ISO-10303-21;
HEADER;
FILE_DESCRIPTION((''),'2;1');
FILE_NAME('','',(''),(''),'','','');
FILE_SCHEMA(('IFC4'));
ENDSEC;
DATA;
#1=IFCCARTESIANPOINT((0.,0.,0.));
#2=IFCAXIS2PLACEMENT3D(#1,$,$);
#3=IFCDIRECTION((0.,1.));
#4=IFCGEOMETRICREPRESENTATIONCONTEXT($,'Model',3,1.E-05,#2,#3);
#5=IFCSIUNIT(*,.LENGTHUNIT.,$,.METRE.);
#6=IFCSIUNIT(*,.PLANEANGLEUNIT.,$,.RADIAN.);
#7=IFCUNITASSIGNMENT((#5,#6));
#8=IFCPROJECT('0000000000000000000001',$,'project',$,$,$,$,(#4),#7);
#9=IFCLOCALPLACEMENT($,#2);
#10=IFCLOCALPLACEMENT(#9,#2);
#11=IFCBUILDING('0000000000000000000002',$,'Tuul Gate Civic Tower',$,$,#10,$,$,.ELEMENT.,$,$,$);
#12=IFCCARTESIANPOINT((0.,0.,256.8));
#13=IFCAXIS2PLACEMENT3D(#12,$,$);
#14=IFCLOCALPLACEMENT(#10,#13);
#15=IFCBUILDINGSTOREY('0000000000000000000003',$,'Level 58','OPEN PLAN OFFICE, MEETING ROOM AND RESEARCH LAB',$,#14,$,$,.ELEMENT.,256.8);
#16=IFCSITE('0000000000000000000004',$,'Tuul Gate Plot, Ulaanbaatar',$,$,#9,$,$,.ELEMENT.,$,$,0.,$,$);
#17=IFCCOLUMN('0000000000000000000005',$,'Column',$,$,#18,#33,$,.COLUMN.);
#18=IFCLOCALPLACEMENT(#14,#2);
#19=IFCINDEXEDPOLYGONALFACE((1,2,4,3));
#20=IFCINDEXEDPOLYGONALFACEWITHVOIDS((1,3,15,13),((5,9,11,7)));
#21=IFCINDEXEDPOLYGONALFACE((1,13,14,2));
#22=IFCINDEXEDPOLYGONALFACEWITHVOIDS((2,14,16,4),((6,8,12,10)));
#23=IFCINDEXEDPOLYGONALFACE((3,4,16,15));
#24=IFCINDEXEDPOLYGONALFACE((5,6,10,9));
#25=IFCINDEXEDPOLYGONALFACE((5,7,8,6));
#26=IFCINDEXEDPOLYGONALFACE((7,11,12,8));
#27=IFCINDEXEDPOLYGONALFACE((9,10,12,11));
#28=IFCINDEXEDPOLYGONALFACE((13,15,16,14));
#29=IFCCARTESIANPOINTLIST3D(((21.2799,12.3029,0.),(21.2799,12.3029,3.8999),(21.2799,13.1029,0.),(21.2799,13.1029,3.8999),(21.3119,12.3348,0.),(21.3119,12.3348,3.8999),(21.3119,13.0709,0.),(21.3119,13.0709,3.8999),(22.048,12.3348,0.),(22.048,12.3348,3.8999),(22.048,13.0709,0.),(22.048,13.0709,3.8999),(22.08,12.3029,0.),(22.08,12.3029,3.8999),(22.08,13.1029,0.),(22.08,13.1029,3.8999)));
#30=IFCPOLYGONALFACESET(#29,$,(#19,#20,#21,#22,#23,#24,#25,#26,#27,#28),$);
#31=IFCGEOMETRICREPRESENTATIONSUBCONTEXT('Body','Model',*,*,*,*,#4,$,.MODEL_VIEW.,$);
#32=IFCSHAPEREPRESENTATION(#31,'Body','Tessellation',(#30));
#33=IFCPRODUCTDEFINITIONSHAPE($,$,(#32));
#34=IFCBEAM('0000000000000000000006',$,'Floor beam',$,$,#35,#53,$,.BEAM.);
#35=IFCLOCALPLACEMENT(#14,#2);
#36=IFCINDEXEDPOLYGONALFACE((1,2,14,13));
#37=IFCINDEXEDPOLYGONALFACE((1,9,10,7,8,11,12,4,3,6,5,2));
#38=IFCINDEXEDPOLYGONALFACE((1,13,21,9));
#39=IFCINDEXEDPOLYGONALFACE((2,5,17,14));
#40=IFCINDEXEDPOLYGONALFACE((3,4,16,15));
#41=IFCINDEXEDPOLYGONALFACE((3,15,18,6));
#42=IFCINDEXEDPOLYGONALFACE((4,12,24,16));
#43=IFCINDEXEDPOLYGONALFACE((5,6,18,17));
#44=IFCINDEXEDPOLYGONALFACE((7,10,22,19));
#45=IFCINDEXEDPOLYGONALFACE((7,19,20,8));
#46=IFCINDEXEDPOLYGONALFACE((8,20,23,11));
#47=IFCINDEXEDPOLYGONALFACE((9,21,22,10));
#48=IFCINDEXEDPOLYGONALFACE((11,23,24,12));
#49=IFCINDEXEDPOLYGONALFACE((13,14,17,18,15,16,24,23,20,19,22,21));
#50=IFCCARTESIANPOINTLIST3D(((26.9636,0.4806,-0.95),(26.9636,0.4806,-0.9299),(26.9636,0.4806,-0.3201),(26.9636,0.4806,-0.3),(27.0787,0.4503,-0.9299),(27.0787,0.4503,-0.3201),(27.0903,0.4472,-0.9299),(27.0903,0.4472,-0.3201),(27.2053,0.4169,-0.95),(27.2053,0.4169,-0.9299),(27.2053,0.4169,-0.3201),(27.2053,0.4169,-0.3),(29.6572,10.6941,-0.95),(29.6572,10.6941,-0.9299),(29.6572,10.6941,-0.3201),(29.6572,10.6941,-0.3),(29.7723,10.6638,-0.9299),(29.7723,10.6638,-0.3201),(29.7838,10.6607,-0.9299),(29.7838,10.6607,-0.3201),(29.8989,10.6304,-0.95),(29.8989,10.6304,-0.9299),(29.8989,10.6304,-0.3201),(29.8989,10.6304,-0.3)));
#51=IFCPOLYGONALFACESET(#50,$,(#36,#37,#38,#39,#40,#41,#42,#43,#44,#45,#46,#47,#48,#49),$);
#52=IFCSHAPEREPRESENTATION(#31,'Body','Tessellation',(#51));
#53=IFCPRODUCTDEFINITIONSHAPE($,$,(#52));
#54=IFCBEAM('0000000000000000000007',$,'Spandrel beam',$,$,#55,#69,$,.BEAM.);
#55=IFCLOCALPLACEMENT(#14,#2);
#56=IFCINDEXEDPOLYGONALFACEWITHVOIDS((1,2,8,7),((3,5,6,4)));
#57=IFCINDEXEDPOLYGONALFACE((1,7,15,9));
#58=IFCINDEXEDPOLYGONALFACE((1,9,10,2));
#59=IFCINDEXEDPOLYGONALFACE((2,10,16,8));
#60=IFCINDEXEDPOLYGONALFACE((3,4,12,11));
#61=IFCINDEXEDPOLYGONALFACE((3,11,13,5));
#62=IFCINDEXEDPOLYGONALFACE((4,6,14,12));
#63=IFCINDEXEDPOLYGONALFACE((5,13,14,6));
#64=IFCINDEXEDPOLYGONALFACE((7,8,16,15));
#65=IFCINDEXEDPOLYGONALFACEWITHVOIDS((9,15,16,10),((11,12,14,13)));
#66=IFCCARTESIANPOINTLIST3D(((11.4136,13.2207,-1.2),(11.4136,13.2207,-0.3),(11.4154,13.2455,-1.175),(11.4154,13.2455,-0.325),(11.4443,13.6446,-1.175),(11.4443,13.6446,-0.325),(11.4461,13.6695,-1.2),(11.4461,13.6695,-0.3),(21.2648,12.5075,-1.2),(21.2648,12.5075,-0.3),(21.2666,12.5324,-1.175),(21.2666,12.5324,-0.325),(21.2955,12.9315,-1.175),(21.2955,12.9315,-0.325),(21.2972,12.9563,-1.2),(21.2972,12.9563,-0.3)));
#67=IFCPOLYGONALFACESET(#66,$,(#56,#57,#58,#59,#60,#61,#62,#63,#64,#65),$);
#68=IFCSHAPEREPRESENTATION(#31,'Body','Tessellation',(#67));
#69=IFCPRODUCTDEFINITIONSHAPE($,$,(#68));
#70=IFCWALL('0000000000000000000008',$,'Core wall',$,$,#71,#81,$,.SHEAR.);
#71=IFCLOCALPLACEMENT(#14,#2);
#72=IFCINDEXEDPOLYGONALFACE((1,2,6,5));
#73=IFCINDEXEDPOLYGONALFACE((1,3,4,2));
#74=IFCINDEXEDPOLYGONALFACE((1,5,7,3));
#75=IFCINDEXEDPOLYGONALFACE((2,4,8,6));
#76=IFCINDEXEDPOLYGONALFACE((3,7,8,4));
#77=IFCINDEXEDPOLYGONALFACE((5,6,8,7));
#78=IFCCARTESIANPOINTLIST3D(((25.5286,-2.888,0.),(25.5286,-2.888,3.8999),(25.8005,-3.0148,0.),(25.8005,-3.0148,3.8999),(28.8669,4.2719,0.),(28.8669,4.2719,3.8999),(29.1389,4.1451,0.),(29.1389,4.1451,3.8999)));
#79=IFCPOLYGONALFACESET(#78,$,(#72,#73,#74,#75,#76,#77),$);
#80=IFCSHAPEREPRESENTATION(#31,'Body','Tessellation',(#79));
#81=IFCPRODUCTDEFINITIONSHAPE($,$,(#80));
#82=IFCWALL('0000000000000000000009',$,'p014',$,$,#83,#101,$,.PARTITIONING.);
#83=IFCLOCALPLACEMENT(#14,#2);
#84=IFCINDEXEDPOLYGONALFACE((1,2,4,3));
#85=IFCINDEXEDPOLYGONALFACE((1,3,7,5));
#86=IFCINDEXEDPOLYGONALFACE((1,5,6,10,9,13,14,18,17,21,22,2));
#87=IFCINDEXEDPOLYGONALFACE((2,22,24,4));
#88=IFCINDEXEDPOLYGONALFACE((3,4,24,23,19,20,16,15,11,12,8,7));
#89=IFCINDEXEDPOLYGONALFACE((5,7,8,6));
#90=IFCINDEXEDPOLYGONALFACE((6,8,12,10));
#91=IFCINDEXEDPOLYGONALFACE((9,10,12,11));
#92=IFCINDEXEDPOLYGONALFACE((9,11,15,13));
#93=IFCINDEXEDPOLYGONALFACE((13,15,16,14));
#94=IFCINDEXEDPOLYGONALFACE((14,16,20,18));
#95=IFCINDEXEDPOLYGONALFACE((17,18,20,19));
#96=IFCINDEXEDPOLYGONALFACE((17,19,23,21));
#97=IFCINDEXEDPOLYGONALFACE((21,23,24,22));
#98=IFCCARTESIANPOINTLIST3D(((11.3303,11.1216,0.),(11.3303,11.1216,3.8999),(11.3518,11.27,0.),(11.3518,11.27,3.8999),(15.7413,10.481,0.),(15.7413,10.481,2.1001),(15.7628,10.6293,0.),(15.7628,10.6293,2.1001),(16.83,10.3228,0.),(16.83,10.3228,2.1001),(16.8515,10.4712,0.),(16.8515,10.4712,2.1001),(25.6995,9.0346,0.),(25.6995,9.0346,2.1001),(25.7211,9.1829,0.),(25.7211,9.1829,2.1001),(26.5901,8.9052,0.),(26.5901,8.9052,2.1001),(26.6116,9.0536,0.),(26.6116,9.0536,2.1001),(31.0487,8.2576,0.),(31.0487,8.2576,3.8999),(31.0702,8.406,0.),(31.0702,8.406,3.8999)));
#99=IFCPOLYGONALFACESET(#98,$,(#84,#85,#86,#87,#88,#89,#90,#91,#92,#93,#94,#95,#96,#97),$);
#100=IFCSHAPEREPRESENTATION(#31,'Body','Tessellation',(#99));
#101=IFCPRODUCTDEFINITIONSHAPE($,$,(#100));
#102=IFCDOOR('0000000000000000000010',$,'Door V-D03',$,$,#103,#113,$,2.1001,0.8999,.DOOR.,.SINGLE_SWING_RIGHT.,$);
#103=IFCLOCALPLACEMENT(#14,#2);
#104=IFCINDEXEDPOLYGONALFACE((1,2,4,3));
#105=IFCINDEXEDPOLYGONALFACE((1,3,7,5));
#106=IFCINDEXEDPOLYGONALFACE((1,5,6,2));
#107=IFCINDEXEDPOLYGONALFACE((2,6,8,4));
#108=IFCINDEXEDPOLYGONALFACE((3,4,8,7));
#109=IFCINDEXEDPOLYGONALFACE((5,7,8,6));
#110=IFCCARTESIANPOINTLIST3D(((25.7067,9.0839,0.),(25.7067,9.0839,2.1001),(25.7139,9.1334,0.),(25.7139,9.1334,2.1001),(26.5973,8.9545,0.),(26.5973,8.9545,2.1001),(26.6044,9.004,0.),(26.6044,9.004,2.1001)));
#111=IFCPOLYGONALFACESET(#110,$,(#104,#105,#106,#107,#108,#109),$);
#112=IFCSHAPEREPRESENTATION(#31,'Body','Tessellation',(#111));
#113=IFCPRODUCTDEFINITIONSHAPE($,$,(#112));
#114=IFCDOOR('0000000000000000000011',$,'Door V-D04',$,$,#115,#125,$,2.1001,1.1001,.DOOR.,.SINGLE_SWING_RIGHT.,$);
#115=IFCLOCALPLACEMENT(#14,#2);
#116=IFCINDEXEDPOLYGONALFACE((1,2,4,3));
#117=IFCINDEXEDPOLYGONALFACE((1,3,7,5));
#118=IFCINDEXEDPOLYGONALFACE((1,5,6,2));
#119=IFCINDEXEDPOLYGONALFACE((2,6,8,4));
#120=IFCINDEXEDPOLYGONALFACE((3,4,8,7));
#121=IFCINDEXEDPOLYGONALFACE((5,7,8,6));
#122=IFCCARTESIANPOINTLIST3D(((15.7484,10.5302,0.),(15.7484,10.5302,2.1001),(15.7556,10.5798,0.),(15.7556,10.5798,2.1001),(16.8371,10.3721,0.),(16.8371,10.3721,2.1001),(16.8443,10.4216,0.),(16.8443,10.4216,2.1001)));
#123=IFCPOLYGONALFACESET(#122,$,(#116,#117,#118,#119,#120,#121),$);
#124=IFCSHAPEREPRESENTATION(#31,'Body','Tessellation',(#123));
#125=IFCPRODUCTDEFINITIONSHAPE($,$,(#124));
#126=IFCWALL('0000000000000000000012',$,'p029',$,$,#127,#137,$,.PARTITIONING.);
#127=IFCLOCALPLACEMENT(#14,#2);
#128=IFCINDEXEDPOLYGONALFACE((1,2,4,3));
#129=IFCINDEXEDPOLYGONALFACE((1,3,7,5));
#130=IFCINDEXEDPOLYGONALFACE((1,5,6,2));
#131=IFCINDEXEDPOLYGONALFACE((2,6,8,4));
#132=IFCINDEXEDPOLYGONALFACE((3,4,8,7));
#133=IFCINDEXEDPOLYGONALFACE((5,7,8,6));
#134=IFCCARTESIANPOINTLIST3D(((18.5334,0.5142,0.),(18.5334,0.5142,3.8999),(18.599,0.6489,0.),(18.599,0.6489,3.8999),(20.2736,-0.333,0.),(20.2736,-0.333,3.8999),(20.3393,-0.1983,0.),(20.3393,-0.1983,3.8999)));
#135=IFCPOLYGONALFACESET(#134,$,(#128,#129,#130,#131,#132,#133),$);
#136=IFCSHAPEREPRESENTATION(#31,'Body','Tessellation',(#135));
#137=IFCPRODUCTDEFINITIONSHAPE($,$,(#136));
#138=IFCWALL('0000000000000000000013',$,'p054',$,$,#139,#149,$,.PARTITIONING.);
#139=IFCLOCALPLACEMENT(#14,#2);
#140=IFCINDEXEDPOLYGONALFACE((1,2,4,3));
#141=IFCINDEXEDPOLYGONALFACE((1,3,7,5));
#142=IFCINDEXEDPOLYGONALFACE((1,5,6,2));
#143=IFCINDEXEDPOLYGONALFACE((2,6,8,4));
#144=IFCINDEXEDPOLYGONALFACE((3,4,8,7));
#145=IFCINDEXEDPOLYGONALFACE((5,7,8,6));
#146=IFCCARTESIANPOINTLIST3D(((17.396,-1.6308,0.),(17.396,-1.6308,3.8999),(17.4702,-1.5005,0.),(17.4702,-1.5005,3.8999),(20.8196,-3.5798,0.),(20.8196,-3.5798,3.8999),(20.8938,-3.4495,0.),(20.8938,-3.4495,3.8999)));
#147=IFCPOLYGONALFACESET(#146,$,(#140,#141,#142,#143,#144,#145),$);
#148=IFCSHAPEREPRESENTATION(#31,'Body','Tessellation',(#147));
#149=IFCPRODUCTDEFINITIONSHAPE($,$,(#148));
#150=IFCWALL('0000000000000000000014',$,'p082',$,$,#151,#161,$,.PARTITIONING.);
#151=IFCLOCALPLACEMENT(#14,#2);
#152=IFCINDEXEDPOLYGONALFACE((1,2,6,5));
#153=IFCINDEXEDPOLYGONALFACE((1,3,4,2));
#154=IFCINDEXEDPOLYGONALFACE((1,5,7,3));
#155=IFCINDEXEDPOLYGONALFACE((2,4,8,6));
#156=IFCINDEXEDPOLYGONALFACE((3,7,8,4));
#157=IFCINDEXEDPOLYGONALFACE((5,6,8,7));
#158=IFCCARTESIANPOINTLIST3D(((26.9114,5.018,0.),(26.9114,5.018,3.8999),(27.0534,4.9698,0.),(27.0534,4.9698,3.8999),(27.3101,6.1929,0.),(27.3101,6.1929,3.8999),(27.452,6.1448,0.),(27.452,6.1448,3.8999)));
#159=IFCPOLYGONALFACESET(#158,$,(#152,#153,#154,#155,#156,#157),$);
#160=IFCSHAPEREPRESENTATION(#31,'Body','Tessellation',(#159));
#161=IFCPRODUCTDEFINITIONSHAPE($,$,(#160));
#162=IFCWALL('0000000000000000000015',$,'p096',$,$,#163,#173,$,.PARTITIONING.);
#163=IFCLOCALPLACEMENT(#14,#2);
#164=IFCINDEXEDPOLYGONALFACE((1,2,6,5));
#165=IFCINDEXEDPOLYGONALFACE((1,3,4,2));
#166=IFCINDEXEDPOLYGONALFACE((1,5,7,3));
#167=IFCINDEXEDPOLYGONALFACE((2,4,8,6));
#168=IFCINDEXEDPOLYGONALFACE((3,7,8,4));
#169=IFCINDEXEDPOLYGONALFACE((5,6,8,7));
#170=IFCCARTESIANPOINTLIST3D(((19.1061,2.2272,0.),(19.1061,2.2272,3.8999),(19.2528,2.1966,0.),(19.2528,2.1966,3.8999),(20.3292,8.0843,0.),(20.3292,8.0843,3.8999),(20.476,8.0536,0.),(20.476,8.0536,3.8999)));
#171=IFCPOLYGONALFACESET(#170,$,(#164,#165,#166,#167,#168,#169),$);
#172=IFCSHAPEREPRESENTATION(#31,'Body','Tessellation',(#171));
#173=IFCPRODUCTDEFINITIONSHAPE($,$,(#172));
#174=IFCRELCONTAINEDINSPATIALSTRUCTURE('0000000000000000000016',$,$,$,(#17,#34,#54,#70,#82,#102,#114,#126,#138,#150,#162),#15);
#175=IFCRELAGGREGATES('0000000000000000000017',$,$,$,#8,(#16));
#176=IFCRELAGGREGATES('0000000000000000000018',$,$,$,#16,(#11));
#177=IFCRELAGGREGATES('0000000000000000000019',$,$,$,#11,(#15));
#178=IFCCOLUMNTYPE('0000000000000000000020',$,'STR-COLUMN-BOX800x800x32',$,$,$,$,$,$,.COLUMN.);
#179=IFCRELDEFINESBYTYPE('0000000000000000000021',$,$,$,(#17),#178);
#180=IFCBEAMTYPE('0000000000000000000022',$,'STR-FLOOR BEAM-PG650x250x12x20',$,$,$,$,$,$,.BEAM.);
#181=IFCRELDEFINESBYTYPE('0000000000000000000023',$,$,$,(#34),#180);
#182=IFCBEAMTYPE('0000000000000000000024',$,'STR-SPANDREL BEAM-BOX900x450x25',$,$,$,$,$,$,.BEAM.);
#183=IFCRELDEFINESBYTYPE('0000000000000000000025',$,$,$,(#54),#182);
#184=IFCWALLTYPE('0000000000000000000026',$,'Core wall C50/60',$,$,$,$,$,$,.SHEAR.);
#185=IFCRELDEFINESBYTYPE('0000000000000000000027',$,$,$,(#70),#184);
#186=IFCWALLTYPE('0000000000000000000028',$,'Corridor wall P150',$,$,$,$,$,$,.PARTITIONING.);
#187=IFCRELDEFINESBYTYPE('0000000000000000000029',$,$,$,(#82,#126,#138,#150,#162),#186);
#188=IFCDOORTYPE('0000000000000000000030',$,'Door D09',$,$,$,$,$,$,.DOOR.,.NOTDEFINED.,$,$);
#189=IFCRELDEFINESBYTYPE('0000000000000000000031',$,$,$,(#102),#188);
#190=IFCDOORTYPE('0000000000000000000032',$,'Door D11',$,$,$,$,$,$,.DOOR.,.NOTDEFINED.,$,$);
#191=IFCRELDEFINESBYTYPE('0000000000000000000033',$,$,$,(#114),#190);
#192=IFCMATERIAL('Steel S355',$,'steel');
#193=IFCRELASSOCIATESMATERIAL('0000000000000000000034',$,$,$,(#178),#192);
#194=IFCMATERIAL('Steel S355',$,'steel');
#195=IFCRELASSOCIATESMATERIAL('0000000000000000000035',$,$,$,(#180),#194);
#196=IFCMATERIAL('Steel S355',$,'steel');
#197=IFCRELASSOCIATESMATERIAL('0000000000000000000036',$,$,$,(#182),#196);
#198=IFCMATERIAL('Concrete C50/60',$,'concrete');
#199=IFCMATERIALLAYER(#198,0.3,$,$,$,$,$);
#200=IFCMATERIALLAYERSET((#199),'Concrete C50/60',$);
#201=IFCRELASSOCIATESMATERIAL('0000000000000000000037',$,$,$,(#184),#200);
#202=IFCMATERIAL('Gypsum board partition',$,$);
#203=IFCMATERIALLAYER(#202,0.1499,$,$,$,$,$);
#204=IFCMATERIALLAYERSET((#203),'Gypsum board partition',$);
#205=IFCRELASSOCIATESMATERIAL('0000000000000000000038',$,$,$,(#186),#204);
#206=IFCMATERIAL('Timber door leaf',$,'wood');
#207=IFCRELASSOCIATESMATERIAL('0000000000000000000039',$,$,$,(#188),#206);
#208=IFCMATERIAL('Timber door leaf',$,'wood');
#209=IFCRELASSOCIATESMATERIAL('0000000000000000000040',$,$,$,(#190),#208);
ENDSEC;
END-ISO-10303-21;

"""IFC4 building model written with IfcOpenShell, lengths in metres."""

from ifc_helpers import new_model, si_unit, direction, frame, frame_2d, origin, origin_2d, place, context, subcontext, project, spatial, rectangle, hollow_rectangle, i_section, extrude, material, layer, layer_set, material_profile, profile_set, type_object, element, fill, save


model = new_model("IFC4")

# Units and contexts
model_context = context("Model", 3, precision=1e-05, world=origin(), true_north=direction((0.0, 1.0)))
body_context = subcontext(model_context, "Body", "Model", "MODEL_VIEW")
ifc_project = project(units=[si_unit("LENGTHUNIT", "METRE"), si_unit("PLANEANGLEUNIT", "RADIAN")], contexts=[model_context])

# Site, building, storey
site_placement = place(None, origin())
site = spatial("IfcSite", under=ifc_project, at=site_placement, Name="Tuul Gate Plot, Ulaanbaatar", CompositionType="ELEMENT", RefElevation=0.0)
building_placement = place(site_placement, origin())
building = spatial("IfcBuilding", under=site, at=building_placement, Name="Tuul Gate Civic Tower", CompositionType="ELEMENT")
storey_placement = place(building_placement, frame((0.0, 0.0, 256.8)))
storey = spatial("IfcBuildingStorey", under=building, at=storey_placement, Name="Level 58", Description="OPEN PLAN OFFICE, MEETING ROOM AND RESEARCH LAB", CompositionType="ELEMENT", Elevation=256.8)

# Column
ifc_material_1 = material(Name="Steel S355", Category="steel")
ifc_material_profile_1 = material_profile(ifc_material_1, hollow_rectangle(XDim=0.8, YDim=0.8, WallThickness=0.032, at=origin_2d()), Name="BOX800x800x32")
ifc_profile_set_1 = profile_set([ifc_material_profile_1], Name="Steel S355")
column_type = type_object("IfcColumnType", Name="STR-COLUMN-BOX800x800x32", PredefinedType="COLUMN", material=ifc_profile_set_1)
column_placement = place(storey_placement, frame((21.6799, 12.7029, 0.0), z_axis=(0.0, 0.0, 1.0), x_axis=(1.0, 0.0, 0.0)))
element("IfcColumn", 1, at=column_placement, inside=storey, type_object=column_type, Name="Column", PredefinedType="COLUMN", context=body_context, shape_type="SweptSolid", body=[
    extrude(hollow_rectangle(XDim=0.8, YDim=0.8, WallThickness=0.032, at=origin_2d()), origin(), (0.0, 0.0, 1.0), 3.8999),
])

# Beams
ifc_material_2 = material(Name="Steel S355", Category="steel")
ifc_material_profile_2 = material_profile(ifc_material_2, i_section(OverallWidth=0.25, OverallDepth=0.6499, WebThickness=0.012, FlangeThickness=0.02, at=origin_2d()), Name="PG650x250x12x20")
ifc_profile_set_2 = profile_set([ifc_material_profile_2], Name="Steel S355")
beam_type_1 = type_object("IfcBeamType", Name="STR-FLOOR BEAM-PG650x250x12x20", PredefinedType="BEAM", material=ifc_profile_set_2)
beam_1_placement = place(storey_placement, frame((27.0845, 0.4487, -0.625), z_axis=(0.255008, 0.966939, 0.0), x_axis=(-0.966939, 0.255008, 0.0)))
element("IfcBeam", 2, at=beam_1_placement, inside=storey, type_object=beam_type_1, Name="Floor beam", PredefinedType="BEAM", context=body_context, shape_type="SweptSolid", body=[
    extrude(i_section(OverallWidth=0.25, OverallDepth=0.6499, WebThickness=0.012, FlangeThickness=0.02, at=origin_2d()), origin(), (0.0, 0.0, 1.0), 10.5627),
])
ifc_material_3 = material(Name="Steel S355", Category="steel")
ifc_material_profile_3 = material_profile(ifc_material_3, hollow_rectangle(XDim=0.45, YDim=0.8999, WallThickness=0.0249, at=origin_2d()), Name="BOX900x450x25")
ifc_profile_set_3 = profile_set([ifc_material_profile_3], Name="Steel S355")
beam_type_2 = type_object("IfcBeamType", Name="STR-SPANDREL BEAM-BOX900x450x25", PredefinedType="BEAM", material=ifc_profile_set_3)
beam_2_placement = place(storey_placement, frame((21.281, 12.7319, -0.75), z_axis=(-0.99739, 0.072203, 0.0), x_axis=(-0.072203, -0.99739, 0.0)))
element("IfcBeam", 3, at=beam_2_placement, inside=storey, type_object=beam_type_2, Name="Spandrel beam", PredefinedType="BEAM", context=body_context, shape_type="SweptSolid", body=[
    extrude(hollow_rectangle(XDim=0.45, YDim=0.8999, WallThickness=0.0249, at=origin_2d()), origin(), (0.0, 0.0, 1.0), 9.877),
])

# Wall
ifc_material_4 = material(Name="Concrete C50/60", Category="concrete")
ifc_layer_1 = layer(ifc_material_4, 0.3)
ifc_layer_set_1 = layer_set([ifc_layer_1], Name="Concrete C50/60")
wall_type_1 = type_object("IfcWallType", Name="Core wall C50/60", PredefinedType="SHEAR", material=ifc_layer_set_1)
wall_1_placement = place(storey_placement, frame((25.6646, -2.9514, 0.0), z_axis=(0.0, 0.0, 1.0), x_axis=(0.422583, 0.906324, 0.0)))
element("IfcWall", 4, at=wall_1_placement, inside=storey, type_object=wall_type_1, Name="Core wall", PredefinedType="SHEAR", context=body_context, shape_type="SweptSolid", body=[
    extrude(rectangle(XDim=7.8999, YDim=0.3, at=frame_2d((3.95, 0.0))), origin(), (0.0, 0.0, 1.0), 3.8999),
])

# Wall, openings, doors
ifc_material_5 = material(Name="Gypsum board partition")
ifc_layer_2 = layer(ifc_material_5, 0.1499)
ifc_layer_set_2 = layer_set([ifc_layer_2], Name="Gypsum board partition")
wall_type_2 = type_object("IfcWallType", Name="Corridor wall P150", PredefinedType="PARTITIONING", material=ifc_layer_set_2)
wall_2_placement = place(storey_placement, frame((11.3411, 11.1958, 0.0), z_axis=(0.0, 0.0, 1.0), x_axis=(0.989616, -0.143737, 0.0)))
wall_2 = element("IfcWall", 5, at=wall_2_placement, inside=storey, type_object=wall_type_2, Name="p014", PredefinedType="PARTITIONING", context=body_context, shape_type="SweptSolid", body=[
    extrude(rectangle(XDim=19.9253, YDim=0.1499, at=frame_2d((9.9626, 0.0))), origin(), (0.0, 0.0, 1.0), 3.8999),
])
opening_1_placement = place(wall_2_placement, frame((14.52, 0.0, 0.0)))
opening_1 = element("IfcOpeningElement", 6, at=opening_1_placement, cuts=wall_2, PredefinedType="OPENING", context=body_context, shape_type="SweptSolid", body=[
    extrude(rectangle(XDim=0.8999, YDim=2.1001, at=frame_2d((0.45, 1.05))), frame((0.0, 0.085, 0.0), z_axis=(0.0, -1.0, 0.0), x_axis=(1.0, 0.0, 0.0)), (0.0, 0.0, 1.0), 0.1699),
])
opening_2_placement = place(wall_2_placement, frame((4.4573, 0.0, 0.0)))
opening_2 = element("IfcOpeningElement", 7, at=opening_2_placement, cuts=wall_2, PredefinedType="OPENING", context=body_context, shape_type="SweptSolid", body=[
    extrude(rectangle(XDim=1.1001, YDim=2.1001, at=frame_2d((0.55, 1.05))), frame((0.0, 0.085, 0.0), z_axis=(0.0, -1.0, 0.0), x_axis=(1.0, 0.0, 0.0)), (0.0, 0.0, 1.0), 0.1699),
])
ifc_material_6 = material(Name="Timber door leaf", Category="wood")
door_type_1 = type_object("IfcDoorType", Name="Door D09", OperationType="NOTDEFINED", PredefinedType="DOOR", material=ifc_material_6)
door_1_placement = place(opening_1_placement, origin())
door_1 = element("IfcDoor", 8, at=door_1_placement, inside=storey, type_object=door_type_1, Name="Door V-D03", OperationType="SINGLE_SWING_RIGHT", OverallHeight=2.1001, OverallWidth=0.8999, PredefinedType="DOOR", context=body_context, shape_type="SweptSolid", body=[
    extrude(rectangle(XDim=0.8999, YDim=2.1001, at=frame_2d((0.45, 1.05))), frame((0.0, 0.0249, 0.0), z_axis=(0.0, -1.0, 0.0), x_axis=(1.0, 0.0, 0.0)), (0.0, 0.0, 1.0), 0.05),
])
fill(opening_1, door_1)
ifc_material_7 = material(Name="Timber door leaf", Category="wood")
door_type_2 = type_object("IfcDoorType", Name="Door D11", OperationType="NOTDEFINED", PredefinedType="DOOR", material=ifc_material_7)
door_2_placement = place(opening_2_placement, origin())
door_2 = element("IfcDoor", 9, at=door_2_placement, inside=storey, type_object=door_type_2, Name="Door V-D04", OperationType="SINGLE_SWING_RIGHT", OverallHeight=2.1001, OverallWidth=1.1001, PredefinedType="DOOR", context=body_context, shape_type="SweptSolid", body=[
    extrude(rectangle(XDim=1.1001, YDim=2.1001, at=frame_2d((0.55, 1.05))), frame((0.0, 0.0249, 0.0), z_axis=(0.0, -1.0, 0.0), x_axis=(1.0, 0.0, 0.0)), (0.0, 0.0, 1.0), 0.05),
])
fill(opening_2, door_2)

# Walls
wall_3_placement = place(storey_placement, frame((18.5662, 0.5815, 0.0), z_axis=(0.0, 0.0, 1.0), x_axis=(0.89912, -0.437703, 0.0)))
element("IfcWall", 10, at=wall_3_placement, inside=storey, type_object=wall_type_2, Name="p029", PredefinedType="PARTITIONING", context=body_context, shape_type="SweptSolid", body=[
    extrude(rectangle(XDim=1.9355, YDim=0.1499, at=frame_2d((0.9678, 0.0))), origin(), (0.0, 0.0, 1.0), 3.8999),
])
wall_4_placement = place(storey_placement, frame((17.4331, -1.5657, 0.0), z_axis=(0.0, 0.0, 1.0), x_axis=(0.869047, -0.49473, 0.0)))
element("IfcWall", 11, at=wall_4_placement, inside=storey, type_object=wall_type_2, Name="p054", PredefinedType="PARTITIONING", context=body_context, shape_type="SweptSolid", body=[
    extrude(rectangle(XDim=3.9395, YDim=0.1499, at=frame_2d((1.9697, 0.0))), origin(), (0.0, 0.0, 1.0), 3.8999),
])
wall_5_placement = place(storey_placement, frame((26.9824, 4.9939, 0.0), z_axis=(0.0, 0.0, 1.0), x_axis=(0.321299, 0.946978, 0.0)))
element("IfcWall", 12, at=wall_5_placement, inside=storey, type_object=wall_type_2, Name="p082", PredefinedType="PARTITIONING", context=body_context, shape_type="SweptSolid", body=[
    extrude(rectangle(XDim=1.2407, YDim=0.1499, at=frame_2d((0.6204, 0.0))), origin(), (0.0, 0.0, 1.0), 3.8999),
])
wall_6_placement = place(storey_placement, frame((19.1794, 2.2119, 0.0), z_axis=(0.0, 0.0, 1.0), x_axis=(0.204427, 0.978882, 0.0)))
element("IfcWall", 13, at=wall_6_placement, inside=storey, type_object=wall_type_2, Name="p096", PredefinedType="PARTITIONING", context=body_context, shape_type="SweptSolid", body=[
    extrude(rectangle(XDim=5.9834, YDim=0.1499, at=frame_2d((2.9917, 0.0))), origin(), (0.0, 0.0, 1.0), 3.8999),
])

save(model, "model.ifc")
